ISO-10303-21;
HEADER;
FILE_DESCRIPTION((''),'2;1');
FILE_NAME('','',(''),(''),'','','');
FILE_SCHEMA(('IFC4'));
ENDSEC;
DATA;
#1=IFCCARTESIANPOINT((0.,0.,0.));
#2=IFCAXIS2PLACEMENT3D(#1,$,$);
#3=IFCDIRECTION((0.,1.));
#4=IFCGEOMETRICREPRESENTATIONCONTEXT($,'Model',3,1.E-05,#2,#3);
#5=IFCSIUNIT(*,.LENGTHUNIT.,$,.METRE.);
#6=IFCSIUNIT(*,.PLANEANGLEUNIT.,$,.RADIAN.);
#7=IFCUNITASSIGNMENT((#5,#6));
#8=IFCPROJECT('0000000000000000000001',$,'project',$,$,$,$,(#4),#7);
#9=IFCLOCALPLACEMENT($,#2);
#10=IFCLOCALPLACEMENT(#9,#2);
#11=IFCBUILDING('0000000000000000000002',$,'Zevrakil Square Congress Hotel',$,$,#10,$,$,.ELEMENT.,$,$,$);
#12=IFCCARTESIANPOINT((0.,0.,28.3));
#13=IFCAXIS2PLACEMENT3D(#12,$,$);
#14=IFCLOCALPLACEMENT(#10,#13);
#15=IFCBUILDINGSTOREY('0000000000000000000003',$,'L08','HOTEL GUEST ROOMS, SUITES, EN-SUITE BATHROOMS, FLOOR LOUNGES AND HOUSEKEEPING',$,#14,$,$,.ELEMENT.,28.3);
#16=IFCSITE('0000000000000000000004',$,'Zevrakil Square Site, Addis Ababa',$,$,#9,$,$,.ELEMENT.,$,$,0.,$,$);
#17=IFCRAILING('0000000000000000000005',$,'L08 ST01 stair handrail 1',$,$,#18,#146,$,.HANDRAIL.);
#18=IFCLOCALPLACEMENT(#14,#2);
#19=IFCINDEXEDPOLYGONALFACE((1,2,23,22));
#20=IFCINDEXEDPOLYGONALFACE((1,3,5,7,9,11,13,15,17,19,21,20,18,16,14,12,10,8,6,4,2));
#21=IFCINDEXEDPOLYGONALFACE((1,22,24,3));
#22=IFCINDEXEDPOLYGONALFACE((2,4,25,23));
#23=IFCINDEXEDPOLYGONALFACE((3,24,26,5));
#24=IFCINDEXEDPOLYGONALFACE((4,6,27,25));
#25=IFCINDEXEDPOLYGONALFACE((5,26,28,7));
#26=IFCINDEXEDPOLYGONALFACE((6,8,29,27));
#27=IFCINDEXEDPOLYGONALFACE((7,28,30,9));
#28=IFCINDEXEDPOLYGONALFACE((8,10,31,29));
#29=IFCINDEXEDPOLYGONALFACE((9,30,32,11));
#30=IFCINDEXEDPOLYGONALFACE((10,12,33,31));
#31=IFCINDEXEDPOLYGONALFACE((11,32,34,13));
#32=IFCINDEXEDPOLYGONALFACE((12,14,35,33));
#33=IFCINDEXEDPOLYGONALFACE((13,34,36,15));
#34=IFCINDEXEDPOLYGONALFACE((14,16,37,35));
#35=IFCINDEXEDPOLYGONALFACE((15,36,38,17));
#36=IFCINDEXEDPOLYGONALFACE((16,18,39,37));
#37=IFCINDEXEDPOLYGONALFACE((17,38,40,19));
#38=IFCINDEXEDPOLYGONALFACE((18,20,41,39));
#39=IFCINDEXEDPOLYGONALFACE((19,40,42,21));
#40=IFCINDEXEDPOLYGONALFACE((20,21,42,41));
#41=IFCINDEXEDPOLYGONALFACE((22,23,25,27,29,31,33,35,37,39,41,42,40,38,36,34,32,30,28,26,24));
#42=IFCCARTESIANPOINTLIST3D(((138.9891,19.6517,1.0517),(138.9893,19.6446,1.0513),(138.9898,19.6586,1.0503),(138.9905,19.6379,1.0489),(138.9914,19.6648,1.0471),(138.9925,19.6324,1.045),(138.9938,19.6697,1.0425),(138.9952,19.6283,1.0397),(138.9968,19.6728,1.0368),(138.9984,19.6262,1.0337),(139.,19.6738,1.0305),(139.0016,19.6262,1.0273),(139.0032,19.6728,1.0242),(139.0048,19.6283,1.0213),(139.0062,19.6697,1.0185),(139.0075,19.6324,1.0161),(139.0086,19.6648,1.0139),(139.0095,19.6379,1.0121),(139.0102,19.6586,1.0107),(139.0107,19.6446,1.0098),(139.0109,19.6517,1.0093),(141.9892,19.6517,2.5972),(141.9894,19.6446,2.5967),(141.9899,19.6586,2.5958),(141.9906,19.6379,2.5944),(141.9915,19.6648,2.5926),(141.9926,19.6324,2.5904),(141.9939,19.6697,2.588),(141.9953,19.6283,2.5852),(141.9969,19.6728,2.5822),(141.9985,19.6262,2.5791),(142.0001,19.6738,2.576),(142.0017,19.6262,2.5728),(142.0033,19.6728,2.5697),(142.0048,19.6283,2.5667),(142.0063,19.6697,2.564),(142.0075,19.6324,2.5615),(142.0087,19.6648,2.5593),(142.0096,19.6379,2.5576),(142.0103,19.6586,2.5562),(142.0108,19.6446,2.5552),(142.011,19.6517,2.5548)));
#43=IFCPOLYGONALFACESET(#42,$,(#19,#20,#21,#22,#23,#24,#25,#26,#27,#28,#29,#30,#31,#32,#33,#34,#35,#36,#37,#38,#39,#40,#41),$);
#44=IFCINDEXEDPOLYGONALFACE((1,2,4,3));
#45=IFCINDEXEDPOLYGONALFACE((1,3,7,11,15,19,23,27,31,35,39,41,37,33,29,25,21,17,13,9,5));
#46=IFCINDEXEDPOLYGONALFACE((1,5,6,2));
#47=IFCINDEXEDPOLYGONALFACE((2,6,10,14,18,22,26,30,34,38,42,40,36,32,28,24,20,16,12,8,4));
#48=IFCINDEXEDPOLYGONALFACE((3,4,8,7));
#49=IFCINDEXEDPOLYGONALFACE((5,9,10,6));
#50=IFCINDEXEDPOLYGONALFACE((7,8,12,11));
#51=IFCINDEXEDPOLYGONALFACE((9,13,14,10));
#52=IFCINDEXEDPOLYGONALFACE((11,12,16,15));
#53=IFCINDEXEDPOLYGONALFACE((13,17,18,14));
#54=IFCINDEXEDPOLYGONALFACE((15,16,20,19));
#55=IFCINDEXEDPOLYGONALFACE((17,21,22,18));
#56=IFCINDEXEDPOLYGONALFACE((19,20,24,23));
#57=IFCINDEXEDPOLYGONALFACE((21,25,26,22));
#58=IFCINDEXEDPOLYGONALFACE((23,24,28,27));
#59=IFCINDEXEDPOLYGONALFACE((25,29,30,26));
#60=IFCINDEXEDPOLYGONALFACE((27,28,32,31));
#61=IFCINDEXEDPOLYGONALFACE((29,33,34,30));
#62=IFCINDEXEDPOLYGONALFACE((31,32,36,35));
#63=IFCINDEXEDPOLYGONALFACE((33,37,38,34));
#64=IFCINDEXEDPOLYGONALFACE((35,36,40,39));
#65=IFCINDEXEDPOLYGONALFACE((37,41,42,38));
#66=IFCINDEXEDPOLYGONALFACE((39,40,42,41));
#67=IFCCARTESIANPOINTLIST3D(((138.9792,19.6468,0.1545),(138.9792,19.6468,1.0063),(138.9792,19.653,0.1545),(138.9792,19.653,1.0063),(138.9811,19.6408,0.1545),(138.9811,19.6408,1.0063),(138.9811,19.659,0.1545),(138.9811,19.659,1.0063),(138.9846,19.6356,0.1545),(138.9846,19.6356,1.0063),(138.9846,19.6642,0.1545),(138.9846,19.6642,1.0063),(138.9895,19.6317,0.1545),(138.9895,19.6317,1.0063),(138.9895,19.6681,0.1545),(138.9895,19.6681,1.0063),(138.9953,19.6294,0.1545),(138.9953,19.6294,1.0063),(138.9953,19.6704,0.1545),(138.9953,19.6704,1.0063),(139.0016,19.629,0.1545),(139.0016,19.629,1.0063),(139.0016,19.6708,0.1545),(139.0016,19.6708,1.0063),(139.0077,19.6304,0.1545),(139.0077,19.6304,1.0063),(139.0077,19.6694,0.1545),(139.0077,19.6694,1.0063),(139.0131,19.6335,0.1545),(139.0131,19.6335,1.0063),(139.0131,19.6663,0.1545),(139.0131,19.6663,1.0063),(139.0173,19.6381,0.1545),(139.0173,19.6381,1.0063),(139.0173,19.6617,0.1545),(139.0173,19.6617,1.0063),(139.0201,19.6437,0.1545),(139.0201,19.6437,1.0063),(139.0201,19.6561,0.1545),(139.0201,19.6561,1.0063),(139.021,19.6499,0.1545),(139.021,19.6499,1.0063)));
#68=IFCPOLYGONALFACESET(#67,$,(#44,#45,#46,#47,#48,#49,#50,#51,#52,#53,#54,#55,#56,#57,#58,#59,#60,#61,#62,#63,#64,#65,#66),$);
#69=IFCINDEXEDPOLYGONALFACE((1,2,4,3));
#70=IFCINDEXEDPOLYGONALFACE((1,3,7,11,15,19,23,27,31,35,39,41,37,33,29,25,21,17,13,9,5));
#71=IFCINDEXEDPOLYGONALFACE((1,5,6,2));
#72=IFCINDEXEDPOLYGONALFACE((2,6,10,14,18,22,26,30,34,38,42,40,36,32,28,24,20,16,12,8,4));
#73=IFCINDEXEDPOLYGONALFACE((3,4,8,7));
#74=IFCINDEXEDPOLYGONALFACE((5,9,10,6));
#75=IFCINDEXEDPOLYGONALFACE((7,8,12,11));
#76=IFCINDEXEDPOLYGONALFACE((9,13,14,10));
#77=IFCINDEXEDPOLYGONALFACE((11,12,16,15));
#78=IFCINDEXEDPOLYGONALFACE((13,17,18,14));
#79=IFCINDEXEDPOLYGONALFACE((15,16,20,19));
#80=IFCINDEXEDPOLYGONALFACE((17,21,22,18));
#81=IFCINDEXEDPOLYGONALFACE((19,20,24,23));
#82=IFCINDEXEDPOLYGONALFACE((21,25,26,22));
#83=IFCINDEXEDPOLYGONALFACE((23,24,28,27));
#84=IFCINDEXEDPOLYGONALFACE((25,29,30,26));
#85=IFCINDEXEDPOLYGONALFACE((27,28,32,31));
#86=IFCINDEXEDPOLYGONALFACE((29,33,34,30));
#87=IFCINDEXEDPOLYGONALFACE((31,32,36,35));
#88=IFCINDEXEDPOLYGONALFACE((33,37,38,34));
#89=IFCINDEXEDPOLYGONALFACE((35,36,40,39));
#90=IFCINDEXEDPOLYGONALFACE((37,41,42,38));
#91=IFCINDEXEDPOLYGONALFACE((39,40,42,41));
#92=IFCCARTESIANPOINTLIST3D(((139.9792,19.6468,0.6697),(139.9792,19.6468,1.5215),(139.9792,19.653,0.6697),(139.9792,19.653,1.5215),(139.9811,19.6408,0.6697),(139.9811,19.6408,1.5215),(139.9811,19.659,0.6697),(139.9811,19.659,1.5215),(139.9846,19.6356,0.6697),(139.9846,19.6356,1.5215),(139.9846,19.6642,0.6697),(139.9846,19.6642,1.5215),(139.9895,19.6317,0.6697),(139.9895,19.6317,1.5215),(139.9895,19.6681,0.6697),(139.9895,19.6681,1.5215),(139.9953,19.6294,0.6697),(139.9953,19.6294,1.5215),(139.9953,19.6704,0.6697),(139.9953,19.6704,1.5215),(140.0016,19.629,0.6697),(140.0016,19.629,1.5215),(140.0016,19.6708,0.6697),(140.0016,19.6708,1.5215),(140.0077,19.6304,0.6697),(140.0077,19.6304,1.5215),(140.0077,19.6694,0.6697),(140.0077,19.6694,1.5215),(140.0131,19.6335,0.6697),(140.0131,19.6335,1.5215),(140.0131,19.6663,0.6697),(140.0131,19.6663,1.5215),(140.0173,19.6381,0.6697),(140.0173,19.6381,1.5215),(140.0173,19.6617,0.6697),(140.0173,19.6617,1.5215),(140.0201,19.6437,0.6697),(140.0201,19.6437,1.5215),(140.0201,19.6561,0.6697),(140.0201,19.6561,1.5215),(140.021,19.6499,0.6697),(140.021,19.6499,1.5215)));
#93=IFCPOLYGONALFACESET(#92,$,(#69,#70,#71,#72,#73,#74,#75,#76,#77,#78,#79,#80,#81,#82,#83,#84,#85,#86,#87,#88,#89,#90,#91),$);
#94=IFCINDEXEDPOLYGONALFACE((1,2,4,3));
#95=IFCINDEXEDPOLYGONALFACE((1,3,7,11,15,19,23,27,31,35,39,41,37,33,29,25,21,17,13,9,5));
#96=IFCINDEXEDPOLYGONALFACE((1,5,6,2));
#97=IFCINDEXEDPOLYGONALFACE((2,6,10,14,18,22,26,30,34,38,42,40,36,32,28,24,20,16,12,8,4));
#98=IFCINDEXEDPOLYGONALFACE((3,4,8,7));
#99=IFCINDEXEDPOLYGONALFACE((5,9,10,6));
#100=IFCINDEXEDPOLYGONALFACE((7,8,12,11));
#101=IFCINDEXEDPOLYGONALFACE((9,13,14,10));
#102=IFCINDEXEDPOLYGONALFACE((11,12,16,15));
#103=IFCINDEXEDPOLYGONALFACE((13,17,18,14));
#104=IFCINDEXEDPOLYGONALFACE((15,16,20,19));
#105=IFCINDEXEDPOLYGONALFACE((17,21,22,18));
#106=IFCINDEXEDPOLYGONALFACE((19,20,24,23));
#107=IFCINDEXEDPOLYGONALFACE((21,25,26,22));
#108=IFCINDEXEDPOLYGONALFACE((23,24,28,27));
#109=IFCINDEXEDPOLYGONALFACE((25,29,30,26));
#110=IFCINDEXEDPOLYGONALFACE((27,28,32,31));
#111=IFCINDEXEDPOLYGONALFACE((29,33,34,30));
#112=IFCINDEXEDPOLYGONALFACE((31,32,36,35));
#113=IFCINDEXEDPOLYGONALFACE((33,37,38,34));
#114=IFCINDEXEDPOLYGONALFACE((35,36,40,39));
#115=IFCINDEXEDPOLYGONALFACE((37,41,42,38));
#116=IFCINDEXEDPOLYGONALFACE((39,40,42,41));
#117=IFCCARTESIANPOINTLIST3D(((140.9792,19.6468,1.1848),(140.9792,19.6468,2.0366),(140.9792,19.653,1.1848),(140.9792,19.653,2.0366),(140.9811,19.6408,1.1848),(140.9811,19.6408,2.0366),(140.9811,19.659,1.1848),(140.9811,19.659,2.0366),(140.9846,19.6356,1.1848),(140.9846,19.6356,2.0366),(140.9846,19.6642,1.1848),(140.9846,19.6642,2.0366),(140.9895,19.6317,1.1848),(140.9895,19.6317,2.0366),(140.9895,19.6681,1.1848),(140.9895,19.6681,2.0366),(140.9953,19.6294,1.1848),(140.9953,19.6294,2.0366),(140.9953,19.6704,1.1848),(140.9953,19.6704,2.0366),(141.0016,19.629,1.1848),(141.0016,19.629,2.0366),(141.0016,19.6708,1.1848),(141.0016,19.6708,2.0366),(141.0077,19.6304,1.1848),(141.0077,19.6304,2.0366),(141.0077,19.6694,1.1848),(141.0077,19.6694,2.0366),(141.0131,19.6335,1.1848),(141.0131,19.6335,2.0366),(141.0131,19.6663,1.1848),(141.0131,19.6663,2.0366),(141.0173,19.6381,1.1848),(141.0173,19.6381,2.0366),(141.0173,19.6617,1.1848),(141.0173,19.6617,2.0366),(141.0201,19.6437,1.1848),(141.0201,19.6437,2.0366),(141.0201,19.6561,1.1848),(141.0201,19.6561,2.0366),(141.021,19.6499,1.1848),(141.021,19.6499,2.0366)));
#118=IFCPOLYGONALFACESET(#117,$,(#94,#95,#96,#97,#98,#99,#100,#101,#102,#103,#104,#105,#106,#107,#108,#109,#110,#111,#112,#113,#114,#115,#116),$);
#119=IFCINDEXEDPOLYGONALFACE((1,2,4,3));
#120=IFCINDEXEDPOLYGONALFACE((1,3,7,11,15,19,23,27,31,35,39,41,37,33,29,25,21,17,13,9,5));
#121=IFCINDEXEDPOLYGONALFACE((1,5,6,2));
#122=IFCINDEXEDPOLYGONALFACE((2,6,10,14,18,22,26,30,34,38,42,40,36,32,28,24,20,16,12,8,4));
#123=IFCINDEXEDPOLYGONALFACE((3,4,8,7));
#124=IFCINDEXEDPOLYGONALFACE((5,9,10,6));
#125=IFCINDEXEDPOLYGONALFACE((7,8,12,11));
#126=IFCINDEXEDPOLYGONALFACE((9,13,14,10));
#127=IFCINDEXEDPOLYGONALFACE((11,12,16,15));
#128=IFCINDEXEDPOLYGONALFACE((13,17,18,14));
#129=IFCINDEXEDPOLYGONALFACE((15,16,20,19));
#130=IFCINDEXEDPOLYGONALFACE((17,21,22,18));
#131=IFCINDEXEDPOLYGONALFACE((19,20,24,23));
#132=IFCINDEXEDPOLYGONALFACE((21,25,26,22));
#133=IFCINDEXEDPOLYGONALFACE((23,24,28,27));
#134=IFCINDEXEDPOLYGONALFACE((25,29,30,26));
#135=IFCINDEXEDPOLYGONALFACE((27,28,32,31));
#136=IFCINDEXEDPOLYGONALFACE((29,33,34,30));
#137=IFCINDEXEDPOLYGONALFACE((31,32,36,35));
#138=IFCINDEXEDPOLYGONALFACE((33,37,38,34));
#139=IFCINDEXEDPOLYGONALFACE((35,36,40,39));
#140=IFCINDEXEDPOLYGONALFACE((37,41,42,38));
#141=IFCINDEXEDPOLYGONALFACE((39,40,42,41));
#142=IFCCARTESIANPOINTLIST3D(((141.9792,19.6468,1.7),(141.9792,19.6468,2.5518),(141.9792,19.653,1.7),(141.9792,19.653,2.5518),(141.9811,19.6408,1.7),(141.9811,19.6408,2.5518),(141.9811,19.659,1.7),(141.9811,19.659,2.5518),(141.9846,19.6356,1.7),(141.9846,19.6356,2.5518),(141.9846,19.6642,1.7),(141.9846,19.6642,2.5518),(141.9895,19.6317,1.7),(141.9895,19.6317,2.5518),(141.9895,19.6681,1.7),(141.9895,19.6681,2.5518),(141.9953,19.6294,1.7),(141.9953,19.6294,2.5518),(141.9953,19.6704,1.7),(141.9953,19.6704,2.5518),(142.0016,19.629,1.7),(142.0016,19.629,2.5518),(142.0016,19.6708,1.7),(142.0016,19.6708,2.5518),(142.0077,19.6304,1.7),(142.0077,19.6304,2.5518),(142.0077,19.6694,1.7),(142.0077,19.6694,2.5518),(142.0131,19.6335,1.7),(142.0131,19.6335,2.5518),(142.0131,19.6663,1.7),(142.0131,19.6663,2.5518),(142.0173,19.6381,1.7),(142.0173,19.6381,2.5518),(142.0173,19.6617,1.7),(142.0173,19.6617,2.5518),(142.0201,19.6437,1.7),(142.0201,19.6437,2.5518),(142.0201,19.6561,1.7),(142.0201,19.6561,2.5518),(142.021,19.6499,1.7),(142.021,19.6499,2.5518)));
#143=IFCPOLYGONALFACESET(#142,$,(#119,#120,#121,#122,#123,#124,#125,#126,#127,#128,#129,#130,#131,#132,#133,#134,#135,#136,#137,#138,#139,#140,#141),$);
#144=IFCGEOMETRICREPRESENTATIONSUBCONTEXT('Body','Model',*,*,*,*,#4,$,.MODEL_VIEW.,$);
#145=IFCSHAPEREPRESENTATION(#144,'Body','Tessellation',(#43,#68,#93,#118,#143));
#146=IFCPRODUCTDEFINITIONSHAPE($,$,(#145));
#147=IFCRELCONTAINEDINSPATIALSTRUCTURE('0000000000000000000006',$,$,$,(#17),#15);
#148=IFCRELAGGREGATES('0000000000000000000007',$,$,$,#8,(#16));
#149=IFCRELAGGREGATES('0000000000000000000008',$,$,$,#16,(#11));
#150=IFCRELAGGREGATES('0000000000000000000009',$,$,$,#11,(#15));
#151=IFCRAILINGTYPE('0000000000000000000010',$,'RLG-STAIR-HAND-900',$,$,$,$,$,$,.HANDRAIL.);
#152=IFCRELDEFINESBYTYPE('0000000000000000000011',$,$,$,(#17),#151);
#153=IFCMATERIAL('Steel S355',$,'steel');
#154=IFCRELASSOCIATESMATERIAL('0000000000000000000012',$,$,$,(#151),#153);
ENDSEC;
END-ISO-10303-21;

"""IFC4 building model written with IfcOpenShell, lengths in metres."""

from ifc_helpers import new_model, si_unit, direction, frame, origin, origin_2d, place, context, subcontext, project, spatial, circle, extrude, material, type_object, element, save


model = new_model("IFC4")

# Units and contexts
model_context = context("Model", 3, precision=1e-05, world=origin(), true_north=direction((0.0, 1.0)))
body_context = subcontext(model_context, "Body", "Model", "MODEL_VIEW")
ifc_project = project(units=[si_unit("LENGTHUNIT", "METRE"), si_unit("PLANEANGLEUNIT", "RADIAN")], contexts=[model_context])

# Site, building, storey
site_placement = place(None, origin())
site = spatial("IfcSite", under=ifc_project, at=site_placement, Name="Zevrakil Square Site, Addis Ababa", CompositionType="ELEMENT", RefElevation=0.0)
building_placement = place(site_placement, origin())
building = spatial("IfcBuilding", under=site, at=building_placement, Name="Zevrakil Square Congress Hotel", CompositionType="ELEMENT")
storey_placement = place(building_placement, frame((0.0, 0.0, 28.3)))
storey = spatial("IfcBuildingStorey", under=building, at=storey_placement, Name="L08", Description="HOTEL GUEST ROOMS, SUITES, EN-SUITE BATHROOMS, FLOOR LOUNGES AND HOUSEKEEPING", CompositionType="ELEMENT", Elevation=28.3)

# Railing
ifc_material_1 = material(Name="Steel S355", Category="steel")
railing_type_1 = type_object("IfcRailingType", Name="RLG-STAIR-HAND-900", PredefinedType="HANDRAIL", material=ifc_material_1)
railing_1_placement = place(storey_placement, frame((139.0, 19.6499, 0.1545)))
element("IfcRailing", 1, at=railing_1_placement, inside=storey, type_object=railing_type_1, Name="L08 ST01 stair handrail 1", PredefinedType="HANDRAIL", context=body_context, shape_type="SweptSolid", body=[
    extrude(circle(Radius=0.0239, at=origin_2d()), frame((0.0, 0.0, 0.876), z_axis=(0.88898, 0.0, 0.457946), x_axis=(0.0, 1.0, 0.0)), (0.0, 0.0, 1.0), 3.3748),
    extrude(circle(Radius=0.021, at=origin_2d()), origin(), (0.0, 0.0, 1.0), 0.8518),
    extrude(circle(Radius=0.021, at=origin_2d()), frame((1.0, 0.0, 0.5151)), (0.0, 0.0, 1.0), 0.8518),
    extrude(circle(Radius=0.021, at=origin_2d()), frame((2.0, 0.0, 1.0303)), (0.0, 0.0, 1.0), 0.8518),
    extrude(circle(Radius=0.021, at=origin_2d()), frame((3.0, 0.0, 1.5454)), (0.0, 0.0, 1.0), 0.8518),
])

save(model, "model.ifc")
